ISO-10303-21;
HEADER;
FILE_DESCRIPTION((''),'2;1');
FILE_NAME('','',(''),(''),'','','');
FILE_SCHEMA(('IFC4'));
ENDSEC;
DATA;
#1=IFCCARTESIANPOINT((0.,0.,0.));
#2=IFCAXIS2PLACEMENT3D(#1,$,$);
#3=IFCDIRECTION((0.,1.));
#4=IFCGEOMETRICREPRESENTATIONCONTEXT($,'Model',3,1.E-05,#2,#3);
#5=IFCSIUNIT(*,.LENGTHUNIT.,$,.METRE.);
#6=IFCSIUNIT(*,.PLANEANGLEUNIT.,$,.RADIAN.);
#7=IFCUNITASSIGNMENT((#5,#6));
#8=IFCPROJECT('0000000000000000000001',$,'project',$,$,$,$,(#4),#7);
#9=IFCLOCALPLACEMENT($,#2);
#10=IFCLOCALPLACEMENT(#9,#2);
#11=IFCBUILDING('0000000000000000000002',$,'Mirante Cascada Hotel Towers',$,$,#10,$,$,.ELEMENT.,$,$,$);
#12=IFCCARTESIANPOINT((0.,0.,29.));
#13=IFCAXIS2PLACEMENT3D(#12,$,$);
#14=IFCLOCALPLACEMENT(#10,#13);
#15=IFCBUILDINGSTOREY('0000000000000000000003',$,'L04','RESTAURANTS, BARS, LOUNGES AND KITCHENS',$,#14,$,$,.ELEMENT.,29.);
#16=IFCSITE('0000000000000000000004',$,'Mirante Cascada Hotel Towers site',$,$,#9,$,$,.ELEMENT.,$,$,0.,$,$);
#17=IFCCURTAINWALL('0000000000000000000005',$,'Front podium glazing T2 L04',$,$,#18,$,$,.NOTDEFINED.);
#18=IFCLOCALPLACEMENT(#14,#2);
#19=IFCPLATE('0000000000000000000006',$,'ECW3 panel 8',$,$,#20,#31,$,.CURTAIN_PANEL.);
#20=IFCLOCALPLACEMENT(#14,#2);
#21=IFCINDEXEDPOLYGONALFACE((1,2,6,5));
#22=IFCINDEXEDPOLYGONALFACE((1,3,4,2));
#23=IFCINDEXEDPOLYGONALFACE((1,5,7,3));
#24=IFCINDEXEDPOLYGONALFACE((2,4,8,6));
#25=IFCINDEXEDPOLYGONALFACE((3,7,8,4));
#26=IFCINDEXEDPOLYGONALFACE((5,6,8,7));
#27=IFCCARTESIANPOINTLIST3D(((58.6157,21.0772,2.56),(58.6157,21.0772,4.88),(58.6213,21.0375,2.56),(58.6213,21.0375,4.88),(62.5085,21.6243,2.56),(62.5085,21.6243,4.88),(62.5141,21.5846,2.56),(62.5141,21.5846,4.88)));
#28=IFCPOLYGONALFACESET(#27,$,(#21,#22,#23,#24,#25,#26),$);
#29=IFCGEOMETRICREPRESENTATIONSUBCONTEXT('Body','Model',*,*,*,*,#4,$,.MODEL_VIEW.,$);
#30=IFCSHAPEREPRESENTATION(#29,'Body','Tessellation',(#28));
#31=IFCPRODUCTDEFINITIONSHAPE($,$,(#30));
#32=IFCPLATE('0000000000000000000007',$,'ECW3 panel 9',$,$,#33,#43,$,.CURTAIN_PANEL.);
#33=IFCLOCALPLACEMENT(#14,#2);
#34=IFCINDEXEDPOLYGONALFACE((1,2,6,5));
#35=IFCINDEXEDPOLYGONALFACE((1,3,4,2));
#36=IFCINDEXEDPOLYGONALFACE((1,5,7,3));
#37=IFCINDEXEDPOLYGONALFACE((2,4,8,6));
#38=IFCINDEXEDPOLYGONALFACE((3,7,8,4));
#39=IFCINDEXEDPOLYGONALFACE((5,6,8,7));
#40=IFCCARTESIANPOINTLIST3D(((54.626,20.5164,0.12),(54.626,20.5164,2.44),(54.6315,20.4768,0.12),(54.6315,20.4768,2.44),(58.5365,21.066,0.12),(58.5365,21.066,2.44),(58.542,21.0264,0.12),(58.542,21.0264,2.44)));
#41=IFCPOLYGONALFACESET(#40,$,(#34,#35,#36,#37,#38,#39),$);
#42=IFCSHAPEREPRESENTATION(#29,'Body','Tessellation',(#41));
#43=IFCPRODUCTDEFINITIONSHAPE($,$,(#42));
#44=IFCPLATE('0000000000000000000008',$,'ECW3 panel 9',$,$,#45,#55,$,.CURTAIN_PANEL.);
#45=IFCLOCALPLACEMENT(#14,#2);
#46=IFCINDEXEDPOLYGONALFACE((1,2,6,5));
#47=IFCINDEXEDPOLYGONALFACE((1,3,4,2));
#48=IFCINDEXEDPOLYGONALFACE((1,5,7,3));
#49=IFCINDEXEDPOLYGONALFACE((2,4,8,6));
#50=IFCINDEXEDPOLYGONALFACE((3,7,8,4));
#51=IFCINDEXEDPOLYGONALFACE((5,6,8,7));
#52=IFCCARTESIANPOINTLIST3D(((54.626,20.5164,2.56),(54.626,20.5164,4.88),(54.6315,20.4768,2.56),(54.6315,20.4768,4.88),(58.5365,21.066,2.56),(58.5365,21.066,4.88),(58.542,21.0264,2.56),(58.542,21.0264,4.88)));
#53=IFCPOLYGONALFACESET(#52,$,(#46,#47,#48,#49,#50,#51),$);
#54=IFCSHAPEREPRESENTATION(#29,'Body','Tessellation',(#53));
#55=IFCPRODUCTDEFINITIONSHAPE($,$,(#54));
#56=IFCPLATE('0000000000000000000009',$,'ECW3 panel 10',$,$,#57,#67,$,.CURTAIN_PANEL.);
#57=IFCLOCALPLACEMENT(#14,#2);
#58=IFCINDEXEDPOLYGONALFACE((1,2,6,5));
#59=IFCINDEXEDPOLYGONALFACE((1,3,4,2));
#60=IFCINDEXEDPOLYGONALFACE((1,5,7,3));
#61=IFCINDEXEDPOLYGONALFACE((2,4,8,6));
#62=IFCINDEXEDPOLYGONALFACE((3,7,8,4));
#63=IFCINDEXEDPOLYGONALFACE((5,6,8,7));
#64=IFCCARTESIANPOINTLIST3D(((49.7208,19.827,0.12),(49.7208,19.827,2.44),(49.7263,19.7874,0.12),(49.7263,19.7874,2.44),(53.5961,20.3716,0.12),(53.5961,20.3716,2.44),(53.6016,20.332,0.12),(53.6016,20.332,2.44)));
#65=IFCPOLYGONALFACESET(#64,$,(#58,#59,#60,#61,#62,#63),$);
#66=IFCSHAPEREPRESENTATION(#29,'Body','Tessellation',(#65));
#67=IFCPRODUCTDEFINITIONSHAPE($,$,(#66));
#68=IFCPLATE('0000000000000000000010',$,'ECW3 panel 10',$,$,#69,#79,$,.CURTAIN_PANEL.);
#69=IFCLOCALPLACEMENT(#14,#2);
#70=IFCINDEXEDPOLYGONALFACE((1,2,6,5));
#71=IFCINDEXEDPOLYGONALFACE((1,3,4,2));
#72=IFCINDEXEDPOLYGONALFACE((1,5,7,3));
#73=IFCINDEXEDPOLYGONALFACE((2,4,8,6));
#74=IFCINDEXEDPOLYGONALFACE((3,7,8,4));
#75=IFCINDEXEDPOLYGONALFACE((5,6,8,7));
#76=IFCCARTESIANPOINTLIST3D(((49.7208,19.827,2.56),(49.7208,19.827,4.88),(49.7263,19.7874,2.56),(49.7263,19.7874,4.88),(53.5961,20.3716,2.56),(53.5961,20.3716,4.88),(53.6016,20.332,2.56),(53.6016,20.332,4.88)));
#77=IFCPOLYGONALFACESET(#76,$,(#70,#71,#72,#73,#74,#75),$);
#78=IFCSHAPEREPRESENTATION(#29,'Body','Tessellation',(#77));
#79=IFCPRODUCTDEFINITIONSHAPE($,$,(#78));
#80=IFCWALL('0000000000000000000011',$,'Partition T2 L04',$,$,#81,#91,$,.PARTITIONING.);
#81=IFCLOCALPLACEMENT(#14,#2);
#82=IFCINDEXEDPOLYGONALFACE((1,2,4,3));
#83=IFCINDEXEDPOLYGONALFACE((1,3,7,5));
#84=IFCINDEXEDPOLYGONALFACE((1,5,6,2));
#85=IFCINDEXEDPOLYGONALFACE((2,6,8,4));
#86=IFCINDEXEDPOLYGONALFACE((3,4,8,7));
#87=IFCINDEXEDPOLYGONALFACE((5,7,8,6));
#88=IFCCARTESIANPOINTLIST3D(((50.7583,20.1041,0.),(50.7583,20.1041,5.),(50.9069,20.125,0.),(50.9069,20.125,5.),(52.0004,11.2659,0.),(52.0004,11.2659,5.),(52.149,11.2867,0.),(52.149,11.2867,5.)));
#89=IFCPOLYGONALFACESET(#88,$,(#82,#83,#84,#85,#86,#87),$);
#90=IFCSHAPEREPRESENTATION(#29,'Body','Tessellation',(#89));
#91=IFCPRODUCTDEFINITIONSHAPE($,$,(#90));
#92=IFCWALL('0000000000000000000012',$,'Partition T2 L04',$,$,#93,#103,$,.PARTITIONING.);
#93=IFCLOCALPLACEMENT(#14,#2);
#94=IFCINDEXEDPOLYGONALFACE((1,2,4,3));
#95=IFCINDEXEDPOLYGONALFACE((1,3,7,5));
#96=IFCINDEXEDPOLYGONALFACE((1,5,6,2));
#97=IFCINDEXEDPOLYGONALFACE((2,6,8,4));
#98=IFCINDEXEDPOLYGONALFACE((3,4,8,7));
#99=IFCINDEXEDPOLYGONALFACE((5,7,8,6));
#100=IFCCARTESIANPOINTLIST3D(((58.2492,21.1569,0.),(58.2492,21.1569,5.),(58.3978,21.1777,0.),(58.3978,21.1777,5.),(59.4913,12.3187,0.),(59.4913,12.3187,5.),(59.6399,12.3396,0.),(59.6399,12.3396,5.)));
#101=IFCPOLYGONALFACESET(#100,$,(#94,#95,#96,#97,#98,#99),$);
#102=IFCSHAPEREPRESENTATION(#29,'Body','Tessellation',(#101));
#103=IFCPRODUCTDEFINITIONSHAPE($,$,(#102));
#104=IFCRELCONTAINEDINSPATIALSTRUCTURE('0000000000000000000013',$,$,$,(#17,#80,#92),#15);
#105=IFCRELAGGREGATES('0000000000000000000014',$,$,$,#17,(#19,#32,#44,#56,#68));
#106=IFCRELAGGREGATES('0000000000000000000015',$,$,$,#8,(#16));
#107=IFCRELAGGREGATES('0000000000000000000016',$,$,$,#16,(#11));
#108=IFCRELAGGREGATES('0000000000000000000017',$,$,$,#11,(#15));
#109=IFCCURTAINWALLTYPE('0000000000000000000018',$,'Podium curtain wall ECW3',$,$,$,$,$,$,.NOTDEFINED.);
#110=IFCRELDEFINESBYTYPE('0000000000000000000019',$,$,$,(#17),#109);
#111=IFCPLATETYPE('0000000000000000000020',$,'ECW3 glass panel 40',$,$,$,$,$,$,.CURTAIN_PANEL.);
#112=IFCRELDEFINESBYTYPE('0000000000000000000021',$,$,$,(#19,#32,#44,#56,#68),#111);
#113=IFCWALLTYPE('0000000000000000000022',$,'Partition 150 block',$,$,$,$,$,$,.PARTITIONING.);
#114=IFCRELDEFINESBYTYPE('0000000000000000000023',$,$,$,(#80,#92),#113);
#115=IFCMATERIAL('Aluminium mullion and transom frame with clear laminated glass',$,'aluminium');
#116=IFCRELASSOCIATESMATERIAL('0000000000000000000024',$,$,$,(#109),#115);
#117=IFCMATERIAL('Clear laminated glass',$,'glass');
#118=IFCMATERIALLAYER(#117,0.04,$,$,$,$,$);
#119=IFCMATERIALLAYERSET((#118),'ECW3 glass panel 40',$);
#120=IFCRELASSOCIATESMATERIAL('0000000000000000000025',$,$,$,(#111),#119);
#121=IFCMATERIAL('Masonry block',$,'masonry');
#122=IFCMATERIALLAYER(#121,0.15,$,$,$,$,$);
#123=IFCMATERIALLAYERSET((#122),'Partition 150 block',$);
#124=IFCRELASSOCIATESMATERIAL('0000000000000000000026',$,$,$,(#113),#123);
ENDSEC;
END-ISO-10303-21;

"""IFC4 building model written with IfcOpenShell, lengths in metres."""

from ifc_helpers import new_model, si_unit, direction, frame, frame_2d, origin, origin_2d, place, context, subcontext, project, spatial, rectangle, extrude, material, layer, layer_set, type_object, element, aggregate, save


model = new_model("IFC4")

# Units and contexts
model_context = context("Model", 3, precision=1e-05, world=origin(), true_north=direction((0.0, 1.0)))
body_context = subcontext(model_context, "Body", "Model", "MODEL_VIEW")
ifc_project = project(units=[si_unit("LENGTHUNIT", "METRE"), si_unit("PLANEANGLEUNIT", "RADIAN")], contexts=[model_context])

# Site, building, storey
site_placement = place(None, origin())
site = spatial("IfcSite", under=ifc_project, at=site_placement, Name="Mirante Cascada Hotel Towers site", CompositionType="ELEMENT", RefElevation=0.0)
building_placement = place(site_placement, origin())
building = spatial("IfcBuilding", under=site, at=building_placement, Name="Mirante Cascada Hotel Towers", CompositionType="ELEMENT")
storey_placement = place(building_placement, frame((0.0, 0.0, 29.0)))
storey = spatial("IfcBuildingStorey", under=building, at=storey_placement, Name="L04", Description="RESTAURANTS, BARS, LOUNGES AND KITCHENS", CompositionType="ELEMENT", Elevation=29.0)

# Curtain wall, plates
ifc_material_1 = material(Name="Aluminium mullion and transom frame with clear laminated glass", Category="aluminium")
curtain_wall_type = type_object("IfcCurtainWallType", Name="Podium curtain wall ECW3", PredefinedType="NOTDEFINED", material=ifc_material_1)
curtain_wall_placement = place(storey_placement, origin())
curtain_wall = element("IfcCurtainWall", 1, at=curtain_wall_placement, inside=storey, type_object=curtain_wall_type, Name="Front podium glazing T2 L04", PredefinedType="NOTDEFINED")
ifc_material_2 = material(Name="Clear laminated glass", Category="glass")
ifc_layer_1 = layer(ifc_material_2, 0.04)
ifc_layer_set_1 = layer_set([ifc_layer_1], Name="ECW3 glass panel 40")
plate_type = type_object("IfcPlateType", Name="ECW3 glass panel 40", PredefinedType="CURTAIN_PANEL", material=ifc_layer_set_1)
plate_1_placement = place(storey_placement, frame((60.5649, 21.3309, 2.56), z_axis=(0.0, 0.0, 1.0), x_axis=(-0.990268, -0.139173, 0.0)))
plate_1 = element("IfcPlate", 2, at=plate_1_placement, type_object=plate_type, Name="ECW3 panel 8", PredefinedType="CURTAIN_PANEL", context=body_context, shape_type="SweptSolid", body=[
    extrude(rectangle(XDim=3.9311, YDim=0.04, at=origin_2d()), origin(), (0.0, 0.0, 1.0), 2.32),
])
plate_2_placement = place(storey_placement, frame((56.584, 20.7714, 0.12), z_axis=(0.0, 0.0, 1.0), x_axis=(-0.990268, -0.139173, 0.0)))
plate_2 = element("IfcPlate", 3, at=plate_2_placement, type_object=plate_type, Name="ECW3 panel 9", PredefinedType="CURTAIN_PANEL", context=body_context, shape_type="SweptSolid", body=[
    extrude(rectangle(XDim=3.9489, YDim=0.04, at=origin_2d()), origin(), (0.0, 0.0, 1.0), 2.32),
])
plate_3_placement = place(storey_placement, frame((56.584, 20.7714, 2.56), z_axis=(0.0, 0.0, 1.0), x_axis=(-0.990268, -0.139173, 0.0)))
plate_3 = element("IfcPlate", 4, at=plate_3_placement, type_object=plate_type, Name="ECW3 panel 9", PredefinedType="CURTAIN_PANEL", context=body_context, shape_type="SweptSolid", body=[
    extrude(rectangle(XDim=3.9489, YDim=0.04, at=origin_2d()), origin(), (0.0, 0.0, 1.0), 2.32),
])
plate_4_placement = place(storey_placement, frame((51.6612, 20.0795, 0.12), z_axis=(0.0, 0.0, 1.0), x_axis=(-0.990268, -0.139173, 0.0)))
plate_4 = element("IfcPlate", 5, at=plate_4_placement, type_object=plate_type, Name="ECW3 panel 10", PredefinedType="CURTAIN_PANEL", context=body_context, shape_type="SweptSolid", body=[
    extrude(rectangle(XDim=3.9134, YDim=0.04, at=origin_2d()), origin(), (0.0, 0.0, 1.0), 2.32),
])
plate_5_placement = place(storey_placement, frame((51.6612, 20.0795, 2.56), z_axis=(0.0, 0.0, 1.0), x_axis=(-0.990268, -0.139173, 0.0)))
plate_5 = element("IfcPlate", 6, at=plate_5_placement, type_object=plate_type, Name="ECW3 panel 10", PredefinedType="CURTAIN_PANEL", context=body_context, shape_type="SweptSolid", body=[
    extrude(rectangle(XDim=3.9134, YDim=0.04, at=origin_2d()), origin(), (0.0, 0.0, 1.0), 2.32),
])
aggregate(curtain_wall, [plate_1, plate_2, plate_3, plate_4, plate_5])

# Walls
ifc_material_3 = material(Name="Masonry block", Category="masonry")
ifc_layer_2 = layer(ifc_material_3, 0.15)
ifc_layer_set_2 = layer_set([ifc_layer_2], Name="Partition 150 block")
wall_type = type_object("IfcWallType", Name="Partition 150 block", PredefinedType="PARTITIONING", material=ifc_layer_set_2)
wall_1_placement = place(storey_placement, frame((50.8326, 20.1146, 0.0), z_axis=(0.0, 0.0, 1.0), x_axis=(0.13917, -0.990268, 0.0)))
element("IfcWall", 7, at=wall_1_placement, inside=storey, type_object=wall_type, Name="Partition T2 L04", PredefinedType="PARTITIONING", context=body_context, shape_type="SweptSolid", body=[
    extrude(rectangle(XDim=8.9251, YDim=0.15, at=frame_2d((4.4626, 0.0))), origin(), (0.0, 0.0, 1.0), 5.0),
])
wall_2_placement = place(storey_placement, frame((58.3235, 21.1673, 0.0), z_axis=(0.0, 0.0, 1.0), x_axis=(0.139172, -0.990268, 0.0)))
element("IfcWall", 8, at=wall_2_placement, inside=storey, type_object=wall_type, Name="Partition T2 L04", PredefinedType="PARTITIONING", context=body_context, shape_type="SweptSolid", body=[
    extrude(rectangle(XDim=8.925, YDim=0.15, at=frame_2d((4.4625, 0.0))), origin(), (0.0, 0.0, 1.0), 5.0),
])

save(model, "model.ifc")
